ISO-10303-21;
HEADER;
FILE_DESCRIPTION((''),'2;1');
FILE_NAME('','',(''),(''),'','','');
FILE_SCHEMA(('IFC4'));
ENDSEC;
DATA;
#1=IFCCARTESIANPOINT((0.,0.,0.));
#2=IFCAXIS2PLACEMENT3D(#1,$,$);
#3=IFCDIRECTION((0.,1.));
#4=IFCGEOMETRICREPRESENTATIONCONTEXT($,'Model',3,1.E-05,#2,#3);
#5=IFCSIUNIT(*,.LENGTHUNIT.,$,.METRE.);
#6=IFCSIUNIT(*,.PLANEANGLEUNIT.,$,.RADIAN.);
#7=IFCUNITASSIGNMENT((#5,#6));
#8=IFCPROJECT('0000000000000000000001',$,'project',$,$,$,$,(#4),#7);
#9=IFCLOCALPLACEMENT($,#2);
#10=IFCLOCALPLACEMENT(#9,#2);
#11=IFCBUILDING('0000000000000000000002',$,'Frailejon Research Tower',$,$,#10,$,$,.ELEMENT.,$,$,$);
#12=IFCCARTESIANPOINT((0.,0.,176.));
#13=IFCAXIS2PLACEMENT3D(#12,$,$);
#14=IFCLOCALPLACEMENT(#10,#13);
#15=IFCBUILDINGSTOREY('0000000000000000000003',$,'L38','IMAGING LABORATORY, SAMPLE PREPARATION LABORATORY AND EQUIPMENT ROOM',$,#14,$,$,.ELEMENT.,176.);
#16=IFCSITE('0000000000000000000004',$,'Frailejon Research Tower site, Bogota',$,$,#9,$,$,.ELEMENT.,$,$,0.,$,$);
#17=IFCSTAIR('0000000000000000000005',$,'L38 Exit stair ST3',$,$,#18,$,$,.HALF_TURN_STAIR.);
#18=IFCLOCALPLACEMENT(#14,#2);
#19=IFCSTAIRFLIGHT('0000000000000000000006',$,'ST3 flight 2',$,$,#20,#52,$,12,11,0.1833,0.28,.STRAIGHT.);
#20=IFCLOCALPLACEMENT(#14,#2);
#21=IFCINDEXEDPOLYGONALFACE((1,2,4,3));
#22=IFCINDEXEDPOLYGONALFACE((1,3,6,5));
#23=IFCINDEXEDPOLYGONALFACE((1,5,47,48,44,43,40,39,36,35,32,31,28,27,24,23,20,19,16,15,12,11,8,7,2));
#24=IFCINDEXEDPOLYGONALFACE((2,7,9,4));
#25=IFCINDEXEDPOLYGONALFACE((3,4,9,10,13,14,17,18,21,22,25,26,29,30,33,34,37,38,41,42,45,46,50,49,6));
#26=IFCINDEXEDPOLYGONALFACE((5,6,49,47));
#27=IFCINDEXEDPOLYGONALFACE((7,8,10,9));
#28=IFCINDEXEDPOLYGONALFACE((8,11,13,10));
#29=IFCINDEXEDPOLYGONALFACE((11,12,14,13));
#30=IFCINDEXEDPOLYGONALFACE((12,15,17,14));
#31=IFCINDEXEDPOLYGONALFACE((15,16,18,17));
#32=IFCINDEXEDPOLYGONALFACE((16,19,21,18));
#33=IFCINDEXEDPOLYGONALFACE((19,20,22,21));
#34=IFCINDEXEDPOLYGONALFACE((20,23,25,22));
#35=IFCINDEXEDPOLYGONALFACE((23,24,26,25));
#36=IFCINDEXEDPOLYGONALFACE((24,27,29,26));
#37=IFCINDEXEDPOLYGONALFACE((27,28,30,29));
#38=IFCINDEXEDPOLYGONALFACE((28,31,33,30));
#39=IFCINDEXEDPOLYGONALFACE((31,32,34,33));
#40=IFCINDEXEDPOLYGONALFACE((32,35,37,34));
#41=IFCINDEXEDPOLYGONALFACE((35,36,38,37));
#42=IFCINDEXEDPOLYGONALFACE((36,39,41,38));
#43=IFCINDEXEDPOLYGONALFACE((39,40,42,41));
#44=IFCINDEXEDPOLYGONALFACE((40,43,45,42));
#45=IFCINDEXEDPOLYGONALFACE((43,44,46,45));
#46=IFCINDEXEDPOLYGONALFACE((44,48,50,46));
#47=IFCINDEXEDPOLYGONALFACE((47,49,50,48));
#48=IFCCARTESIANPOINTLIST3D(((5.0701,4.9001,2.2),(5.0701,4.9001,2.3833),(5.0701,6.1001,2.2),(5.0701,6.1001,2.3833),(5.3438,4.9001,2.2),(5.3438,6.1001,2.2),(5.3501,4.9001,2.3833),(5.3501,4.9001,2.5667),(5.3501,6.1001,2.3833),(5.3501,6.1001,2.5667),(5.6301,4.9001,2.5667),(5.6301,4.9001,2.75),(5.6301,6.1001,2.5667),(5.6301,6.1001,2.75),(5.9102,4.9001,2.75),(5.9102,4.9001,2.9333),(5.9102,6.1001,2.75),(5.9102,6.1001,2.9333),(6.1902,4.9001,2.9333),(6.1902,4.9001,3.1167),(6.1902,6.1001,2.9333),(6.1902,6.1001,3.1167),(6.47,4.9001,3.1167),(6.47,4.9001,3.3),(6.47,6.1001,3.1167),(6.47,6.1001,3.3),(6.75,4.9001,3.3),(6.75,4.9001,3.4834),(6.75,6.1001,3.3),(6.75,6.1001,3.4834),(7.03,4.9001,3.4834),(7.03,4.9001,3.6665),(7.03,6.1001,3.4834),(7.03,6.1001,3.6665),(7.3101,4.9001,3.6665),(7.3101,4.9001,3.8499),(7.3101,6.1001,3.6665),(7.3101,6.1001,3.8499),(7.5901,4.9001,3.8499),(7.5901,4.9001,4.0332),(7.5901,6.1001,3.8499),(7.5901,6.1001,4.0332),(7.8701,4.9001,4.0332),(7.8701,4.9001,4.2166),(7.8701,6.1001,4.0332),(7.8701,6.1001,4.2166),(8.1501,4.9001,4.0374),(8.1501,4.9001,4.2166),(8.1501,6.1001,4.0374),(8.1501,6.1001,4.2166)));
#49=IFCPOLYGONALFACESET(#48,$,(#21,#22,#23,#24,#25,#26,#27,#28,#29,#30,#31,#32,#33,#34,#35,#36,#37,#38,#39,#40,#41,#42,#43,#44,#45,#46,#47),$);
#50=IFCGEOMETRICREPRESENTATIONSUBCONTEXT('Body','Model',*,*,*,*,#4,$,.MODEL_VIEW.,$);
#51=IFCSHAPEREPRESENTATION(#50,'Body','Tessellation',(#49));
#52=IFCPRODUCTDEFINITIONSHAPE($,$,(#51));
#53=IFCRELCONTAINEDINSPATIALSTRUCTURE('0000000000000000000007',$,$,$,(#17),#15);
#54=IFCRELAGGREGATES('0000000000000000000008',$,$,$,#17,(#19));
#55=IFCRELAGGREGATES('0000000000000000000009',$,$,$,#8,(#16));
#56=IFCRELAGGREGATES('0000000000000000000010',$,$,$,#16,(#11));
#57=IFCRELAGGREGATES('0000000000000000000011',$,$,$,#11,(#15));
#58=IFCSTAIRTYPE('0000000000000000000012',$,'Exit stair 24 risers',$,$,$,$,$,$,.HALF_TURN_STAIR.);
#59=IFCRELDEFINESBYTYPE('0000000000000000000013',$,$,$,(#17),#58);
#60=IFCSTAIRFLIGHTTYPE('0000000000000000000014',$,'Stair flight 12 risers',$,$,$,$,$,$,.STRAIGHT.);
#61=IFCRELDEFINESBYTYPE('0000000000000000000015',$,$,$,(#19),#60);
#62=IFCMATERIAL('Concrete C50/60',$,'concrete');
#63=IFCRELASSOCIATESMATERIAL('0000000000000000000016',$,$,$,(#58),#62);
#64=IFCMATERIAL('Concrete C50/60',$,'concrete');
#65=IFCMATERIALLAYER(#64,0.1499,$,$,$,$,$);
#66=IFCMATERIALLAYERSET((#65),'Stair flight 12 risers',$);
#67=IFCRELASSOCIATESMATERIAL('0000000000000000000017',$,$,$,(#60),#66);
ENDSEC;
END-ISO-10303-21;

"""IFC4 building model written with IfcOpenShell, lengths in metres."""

from ifc_helpers import new_model, si_unit, direction, frame, origin, place, context, subcontext, project, spatial, polyline, outline, extrude, material, layer, layer_set, type_object, element, aggregate, save


model = new_model("IFC4")

# Units and contexts
model_context = context("Model", 3, precision=1e-05, world=origin(), true_north=direction((0.0, 1.0)))
body_context = subcontext(model_context, "Body", "Model", "MODEL_VIEW")
ifc_project = project(units=[si_unit("LENGTHUNIT", "METRE"), si_unit("PLANEANGLEUNIT", "RADIAN")], contexts=[model_context])

# Site, building, storey
site_placement = place(None, origin())
site = spatial("IfcSite", under=ifc_project, at=site_placement, Name="Frailejon Research Tower site, Bogota", CompositionType="ELEMENT", RefElevation=0.0)
building_placement = place(site_placement, origin())
building = spatial("IfcBuilding", under=site, at=building_placement, Name="Frailejon Research Tower", CompositionType="ELEMENT")
storey_placement = place(building_placement, frame((0.0, 0.0, 176.0)))
storey = spatial("IfcBuildingStorey", under=building, at=storey_placement, Name="L38", Description="IMAGING LABORATORY, SAMPLE PREPARATION LABORATORY AND EQUIPMENT ROOM", CompositionType="ELEMENT", Elevation=176.0)

# Stair
ifc_material_1 = material(Name="Concrete C50/60", Category="concrete")
stair_type = type_object("IfcStairType", Name="Exit stair 24 risers", PredefinedType="HALF_TURN_STAIR", material=ifc_material_1)
stair_1_placement = place(storey_placement, origin())
stair_1 = element("IfcStair", 1, at=stair_1_placement, inside=storey, type_object=stair_type, Name="L38 Exit stair ST3", PredefinedType="HALF_TURN_STAIR")

# Stair flight
ifc_material_2 = material(Name="Concrete C50/60", Category="concrete")
ifc_layer_1 = layer(ifc_material_2, 0.1499)
ifc_layer_set_1 = layer_set([ifc_layer_1], Name="Stair flight 12 risers")
stair_flight_type = type_object("IfcStairFlightType", Name="Stair flight 12 risers", PredefinedType="STRAIGHT", material=ifc_layer_set_1)
stair_flight_1_placement = place(storey_placement, frame((5.0701, 5.5, 2.2), z_axis=(0.0, 0.0, 1.0), x_axis=(1.0, 0.0, 0.0)))
stair_flight_1 = element("IfcStairFlight", 2, at=stair_flight_1_placement, type_object=stair_flight_type, Name="ST3 flight 2", NumberOfRisers=12, NumberOfTreads=11, PredefinedType="STRAIGHT", RiserHeight=0.1833, TreadLength=0.28, context=body_context, shape_type="SweptSolid", body=[
    extrude(outline(polyline([(0.0, 0.0), (0.0, 0.1833), (0.28, 0.1833), (0.28, 0.3667), (0.5601, 0.3667), (0.5601, 0.55), (0.8401, 0.55), (0.8401, 0.7334), (1.1201, 0.7334), (1.1201, 0.9167), (1.3999, 0.9167), (1.3999, 1.1001), (1.6799, 1.1001), (1.6799, 1.2834), (1.96, 1.2834), (1.96, 1.4666), (2.24, 1.4666), (2.24, 1.6499), (2.52, 1.6499), (2.52, 1.8333), (2.8, 1.8333), (2.8, 2.0166), (3.0801, 2.0166), (3.0801, 2.2), (3.0801, 1.8374), (0.2737, 0.0), (0.0, 0.0)])), frame((0.0, 0.6001, 0.0), z_axis=(0.0, -1.0, 0.0), x_axis=(1.0, 0.0, 0.0)), (0.0, 0.0, 1.0), 1.2),
])
aggregate(stair_1, [stair_flight_1])

save(model, "model.ifc")
